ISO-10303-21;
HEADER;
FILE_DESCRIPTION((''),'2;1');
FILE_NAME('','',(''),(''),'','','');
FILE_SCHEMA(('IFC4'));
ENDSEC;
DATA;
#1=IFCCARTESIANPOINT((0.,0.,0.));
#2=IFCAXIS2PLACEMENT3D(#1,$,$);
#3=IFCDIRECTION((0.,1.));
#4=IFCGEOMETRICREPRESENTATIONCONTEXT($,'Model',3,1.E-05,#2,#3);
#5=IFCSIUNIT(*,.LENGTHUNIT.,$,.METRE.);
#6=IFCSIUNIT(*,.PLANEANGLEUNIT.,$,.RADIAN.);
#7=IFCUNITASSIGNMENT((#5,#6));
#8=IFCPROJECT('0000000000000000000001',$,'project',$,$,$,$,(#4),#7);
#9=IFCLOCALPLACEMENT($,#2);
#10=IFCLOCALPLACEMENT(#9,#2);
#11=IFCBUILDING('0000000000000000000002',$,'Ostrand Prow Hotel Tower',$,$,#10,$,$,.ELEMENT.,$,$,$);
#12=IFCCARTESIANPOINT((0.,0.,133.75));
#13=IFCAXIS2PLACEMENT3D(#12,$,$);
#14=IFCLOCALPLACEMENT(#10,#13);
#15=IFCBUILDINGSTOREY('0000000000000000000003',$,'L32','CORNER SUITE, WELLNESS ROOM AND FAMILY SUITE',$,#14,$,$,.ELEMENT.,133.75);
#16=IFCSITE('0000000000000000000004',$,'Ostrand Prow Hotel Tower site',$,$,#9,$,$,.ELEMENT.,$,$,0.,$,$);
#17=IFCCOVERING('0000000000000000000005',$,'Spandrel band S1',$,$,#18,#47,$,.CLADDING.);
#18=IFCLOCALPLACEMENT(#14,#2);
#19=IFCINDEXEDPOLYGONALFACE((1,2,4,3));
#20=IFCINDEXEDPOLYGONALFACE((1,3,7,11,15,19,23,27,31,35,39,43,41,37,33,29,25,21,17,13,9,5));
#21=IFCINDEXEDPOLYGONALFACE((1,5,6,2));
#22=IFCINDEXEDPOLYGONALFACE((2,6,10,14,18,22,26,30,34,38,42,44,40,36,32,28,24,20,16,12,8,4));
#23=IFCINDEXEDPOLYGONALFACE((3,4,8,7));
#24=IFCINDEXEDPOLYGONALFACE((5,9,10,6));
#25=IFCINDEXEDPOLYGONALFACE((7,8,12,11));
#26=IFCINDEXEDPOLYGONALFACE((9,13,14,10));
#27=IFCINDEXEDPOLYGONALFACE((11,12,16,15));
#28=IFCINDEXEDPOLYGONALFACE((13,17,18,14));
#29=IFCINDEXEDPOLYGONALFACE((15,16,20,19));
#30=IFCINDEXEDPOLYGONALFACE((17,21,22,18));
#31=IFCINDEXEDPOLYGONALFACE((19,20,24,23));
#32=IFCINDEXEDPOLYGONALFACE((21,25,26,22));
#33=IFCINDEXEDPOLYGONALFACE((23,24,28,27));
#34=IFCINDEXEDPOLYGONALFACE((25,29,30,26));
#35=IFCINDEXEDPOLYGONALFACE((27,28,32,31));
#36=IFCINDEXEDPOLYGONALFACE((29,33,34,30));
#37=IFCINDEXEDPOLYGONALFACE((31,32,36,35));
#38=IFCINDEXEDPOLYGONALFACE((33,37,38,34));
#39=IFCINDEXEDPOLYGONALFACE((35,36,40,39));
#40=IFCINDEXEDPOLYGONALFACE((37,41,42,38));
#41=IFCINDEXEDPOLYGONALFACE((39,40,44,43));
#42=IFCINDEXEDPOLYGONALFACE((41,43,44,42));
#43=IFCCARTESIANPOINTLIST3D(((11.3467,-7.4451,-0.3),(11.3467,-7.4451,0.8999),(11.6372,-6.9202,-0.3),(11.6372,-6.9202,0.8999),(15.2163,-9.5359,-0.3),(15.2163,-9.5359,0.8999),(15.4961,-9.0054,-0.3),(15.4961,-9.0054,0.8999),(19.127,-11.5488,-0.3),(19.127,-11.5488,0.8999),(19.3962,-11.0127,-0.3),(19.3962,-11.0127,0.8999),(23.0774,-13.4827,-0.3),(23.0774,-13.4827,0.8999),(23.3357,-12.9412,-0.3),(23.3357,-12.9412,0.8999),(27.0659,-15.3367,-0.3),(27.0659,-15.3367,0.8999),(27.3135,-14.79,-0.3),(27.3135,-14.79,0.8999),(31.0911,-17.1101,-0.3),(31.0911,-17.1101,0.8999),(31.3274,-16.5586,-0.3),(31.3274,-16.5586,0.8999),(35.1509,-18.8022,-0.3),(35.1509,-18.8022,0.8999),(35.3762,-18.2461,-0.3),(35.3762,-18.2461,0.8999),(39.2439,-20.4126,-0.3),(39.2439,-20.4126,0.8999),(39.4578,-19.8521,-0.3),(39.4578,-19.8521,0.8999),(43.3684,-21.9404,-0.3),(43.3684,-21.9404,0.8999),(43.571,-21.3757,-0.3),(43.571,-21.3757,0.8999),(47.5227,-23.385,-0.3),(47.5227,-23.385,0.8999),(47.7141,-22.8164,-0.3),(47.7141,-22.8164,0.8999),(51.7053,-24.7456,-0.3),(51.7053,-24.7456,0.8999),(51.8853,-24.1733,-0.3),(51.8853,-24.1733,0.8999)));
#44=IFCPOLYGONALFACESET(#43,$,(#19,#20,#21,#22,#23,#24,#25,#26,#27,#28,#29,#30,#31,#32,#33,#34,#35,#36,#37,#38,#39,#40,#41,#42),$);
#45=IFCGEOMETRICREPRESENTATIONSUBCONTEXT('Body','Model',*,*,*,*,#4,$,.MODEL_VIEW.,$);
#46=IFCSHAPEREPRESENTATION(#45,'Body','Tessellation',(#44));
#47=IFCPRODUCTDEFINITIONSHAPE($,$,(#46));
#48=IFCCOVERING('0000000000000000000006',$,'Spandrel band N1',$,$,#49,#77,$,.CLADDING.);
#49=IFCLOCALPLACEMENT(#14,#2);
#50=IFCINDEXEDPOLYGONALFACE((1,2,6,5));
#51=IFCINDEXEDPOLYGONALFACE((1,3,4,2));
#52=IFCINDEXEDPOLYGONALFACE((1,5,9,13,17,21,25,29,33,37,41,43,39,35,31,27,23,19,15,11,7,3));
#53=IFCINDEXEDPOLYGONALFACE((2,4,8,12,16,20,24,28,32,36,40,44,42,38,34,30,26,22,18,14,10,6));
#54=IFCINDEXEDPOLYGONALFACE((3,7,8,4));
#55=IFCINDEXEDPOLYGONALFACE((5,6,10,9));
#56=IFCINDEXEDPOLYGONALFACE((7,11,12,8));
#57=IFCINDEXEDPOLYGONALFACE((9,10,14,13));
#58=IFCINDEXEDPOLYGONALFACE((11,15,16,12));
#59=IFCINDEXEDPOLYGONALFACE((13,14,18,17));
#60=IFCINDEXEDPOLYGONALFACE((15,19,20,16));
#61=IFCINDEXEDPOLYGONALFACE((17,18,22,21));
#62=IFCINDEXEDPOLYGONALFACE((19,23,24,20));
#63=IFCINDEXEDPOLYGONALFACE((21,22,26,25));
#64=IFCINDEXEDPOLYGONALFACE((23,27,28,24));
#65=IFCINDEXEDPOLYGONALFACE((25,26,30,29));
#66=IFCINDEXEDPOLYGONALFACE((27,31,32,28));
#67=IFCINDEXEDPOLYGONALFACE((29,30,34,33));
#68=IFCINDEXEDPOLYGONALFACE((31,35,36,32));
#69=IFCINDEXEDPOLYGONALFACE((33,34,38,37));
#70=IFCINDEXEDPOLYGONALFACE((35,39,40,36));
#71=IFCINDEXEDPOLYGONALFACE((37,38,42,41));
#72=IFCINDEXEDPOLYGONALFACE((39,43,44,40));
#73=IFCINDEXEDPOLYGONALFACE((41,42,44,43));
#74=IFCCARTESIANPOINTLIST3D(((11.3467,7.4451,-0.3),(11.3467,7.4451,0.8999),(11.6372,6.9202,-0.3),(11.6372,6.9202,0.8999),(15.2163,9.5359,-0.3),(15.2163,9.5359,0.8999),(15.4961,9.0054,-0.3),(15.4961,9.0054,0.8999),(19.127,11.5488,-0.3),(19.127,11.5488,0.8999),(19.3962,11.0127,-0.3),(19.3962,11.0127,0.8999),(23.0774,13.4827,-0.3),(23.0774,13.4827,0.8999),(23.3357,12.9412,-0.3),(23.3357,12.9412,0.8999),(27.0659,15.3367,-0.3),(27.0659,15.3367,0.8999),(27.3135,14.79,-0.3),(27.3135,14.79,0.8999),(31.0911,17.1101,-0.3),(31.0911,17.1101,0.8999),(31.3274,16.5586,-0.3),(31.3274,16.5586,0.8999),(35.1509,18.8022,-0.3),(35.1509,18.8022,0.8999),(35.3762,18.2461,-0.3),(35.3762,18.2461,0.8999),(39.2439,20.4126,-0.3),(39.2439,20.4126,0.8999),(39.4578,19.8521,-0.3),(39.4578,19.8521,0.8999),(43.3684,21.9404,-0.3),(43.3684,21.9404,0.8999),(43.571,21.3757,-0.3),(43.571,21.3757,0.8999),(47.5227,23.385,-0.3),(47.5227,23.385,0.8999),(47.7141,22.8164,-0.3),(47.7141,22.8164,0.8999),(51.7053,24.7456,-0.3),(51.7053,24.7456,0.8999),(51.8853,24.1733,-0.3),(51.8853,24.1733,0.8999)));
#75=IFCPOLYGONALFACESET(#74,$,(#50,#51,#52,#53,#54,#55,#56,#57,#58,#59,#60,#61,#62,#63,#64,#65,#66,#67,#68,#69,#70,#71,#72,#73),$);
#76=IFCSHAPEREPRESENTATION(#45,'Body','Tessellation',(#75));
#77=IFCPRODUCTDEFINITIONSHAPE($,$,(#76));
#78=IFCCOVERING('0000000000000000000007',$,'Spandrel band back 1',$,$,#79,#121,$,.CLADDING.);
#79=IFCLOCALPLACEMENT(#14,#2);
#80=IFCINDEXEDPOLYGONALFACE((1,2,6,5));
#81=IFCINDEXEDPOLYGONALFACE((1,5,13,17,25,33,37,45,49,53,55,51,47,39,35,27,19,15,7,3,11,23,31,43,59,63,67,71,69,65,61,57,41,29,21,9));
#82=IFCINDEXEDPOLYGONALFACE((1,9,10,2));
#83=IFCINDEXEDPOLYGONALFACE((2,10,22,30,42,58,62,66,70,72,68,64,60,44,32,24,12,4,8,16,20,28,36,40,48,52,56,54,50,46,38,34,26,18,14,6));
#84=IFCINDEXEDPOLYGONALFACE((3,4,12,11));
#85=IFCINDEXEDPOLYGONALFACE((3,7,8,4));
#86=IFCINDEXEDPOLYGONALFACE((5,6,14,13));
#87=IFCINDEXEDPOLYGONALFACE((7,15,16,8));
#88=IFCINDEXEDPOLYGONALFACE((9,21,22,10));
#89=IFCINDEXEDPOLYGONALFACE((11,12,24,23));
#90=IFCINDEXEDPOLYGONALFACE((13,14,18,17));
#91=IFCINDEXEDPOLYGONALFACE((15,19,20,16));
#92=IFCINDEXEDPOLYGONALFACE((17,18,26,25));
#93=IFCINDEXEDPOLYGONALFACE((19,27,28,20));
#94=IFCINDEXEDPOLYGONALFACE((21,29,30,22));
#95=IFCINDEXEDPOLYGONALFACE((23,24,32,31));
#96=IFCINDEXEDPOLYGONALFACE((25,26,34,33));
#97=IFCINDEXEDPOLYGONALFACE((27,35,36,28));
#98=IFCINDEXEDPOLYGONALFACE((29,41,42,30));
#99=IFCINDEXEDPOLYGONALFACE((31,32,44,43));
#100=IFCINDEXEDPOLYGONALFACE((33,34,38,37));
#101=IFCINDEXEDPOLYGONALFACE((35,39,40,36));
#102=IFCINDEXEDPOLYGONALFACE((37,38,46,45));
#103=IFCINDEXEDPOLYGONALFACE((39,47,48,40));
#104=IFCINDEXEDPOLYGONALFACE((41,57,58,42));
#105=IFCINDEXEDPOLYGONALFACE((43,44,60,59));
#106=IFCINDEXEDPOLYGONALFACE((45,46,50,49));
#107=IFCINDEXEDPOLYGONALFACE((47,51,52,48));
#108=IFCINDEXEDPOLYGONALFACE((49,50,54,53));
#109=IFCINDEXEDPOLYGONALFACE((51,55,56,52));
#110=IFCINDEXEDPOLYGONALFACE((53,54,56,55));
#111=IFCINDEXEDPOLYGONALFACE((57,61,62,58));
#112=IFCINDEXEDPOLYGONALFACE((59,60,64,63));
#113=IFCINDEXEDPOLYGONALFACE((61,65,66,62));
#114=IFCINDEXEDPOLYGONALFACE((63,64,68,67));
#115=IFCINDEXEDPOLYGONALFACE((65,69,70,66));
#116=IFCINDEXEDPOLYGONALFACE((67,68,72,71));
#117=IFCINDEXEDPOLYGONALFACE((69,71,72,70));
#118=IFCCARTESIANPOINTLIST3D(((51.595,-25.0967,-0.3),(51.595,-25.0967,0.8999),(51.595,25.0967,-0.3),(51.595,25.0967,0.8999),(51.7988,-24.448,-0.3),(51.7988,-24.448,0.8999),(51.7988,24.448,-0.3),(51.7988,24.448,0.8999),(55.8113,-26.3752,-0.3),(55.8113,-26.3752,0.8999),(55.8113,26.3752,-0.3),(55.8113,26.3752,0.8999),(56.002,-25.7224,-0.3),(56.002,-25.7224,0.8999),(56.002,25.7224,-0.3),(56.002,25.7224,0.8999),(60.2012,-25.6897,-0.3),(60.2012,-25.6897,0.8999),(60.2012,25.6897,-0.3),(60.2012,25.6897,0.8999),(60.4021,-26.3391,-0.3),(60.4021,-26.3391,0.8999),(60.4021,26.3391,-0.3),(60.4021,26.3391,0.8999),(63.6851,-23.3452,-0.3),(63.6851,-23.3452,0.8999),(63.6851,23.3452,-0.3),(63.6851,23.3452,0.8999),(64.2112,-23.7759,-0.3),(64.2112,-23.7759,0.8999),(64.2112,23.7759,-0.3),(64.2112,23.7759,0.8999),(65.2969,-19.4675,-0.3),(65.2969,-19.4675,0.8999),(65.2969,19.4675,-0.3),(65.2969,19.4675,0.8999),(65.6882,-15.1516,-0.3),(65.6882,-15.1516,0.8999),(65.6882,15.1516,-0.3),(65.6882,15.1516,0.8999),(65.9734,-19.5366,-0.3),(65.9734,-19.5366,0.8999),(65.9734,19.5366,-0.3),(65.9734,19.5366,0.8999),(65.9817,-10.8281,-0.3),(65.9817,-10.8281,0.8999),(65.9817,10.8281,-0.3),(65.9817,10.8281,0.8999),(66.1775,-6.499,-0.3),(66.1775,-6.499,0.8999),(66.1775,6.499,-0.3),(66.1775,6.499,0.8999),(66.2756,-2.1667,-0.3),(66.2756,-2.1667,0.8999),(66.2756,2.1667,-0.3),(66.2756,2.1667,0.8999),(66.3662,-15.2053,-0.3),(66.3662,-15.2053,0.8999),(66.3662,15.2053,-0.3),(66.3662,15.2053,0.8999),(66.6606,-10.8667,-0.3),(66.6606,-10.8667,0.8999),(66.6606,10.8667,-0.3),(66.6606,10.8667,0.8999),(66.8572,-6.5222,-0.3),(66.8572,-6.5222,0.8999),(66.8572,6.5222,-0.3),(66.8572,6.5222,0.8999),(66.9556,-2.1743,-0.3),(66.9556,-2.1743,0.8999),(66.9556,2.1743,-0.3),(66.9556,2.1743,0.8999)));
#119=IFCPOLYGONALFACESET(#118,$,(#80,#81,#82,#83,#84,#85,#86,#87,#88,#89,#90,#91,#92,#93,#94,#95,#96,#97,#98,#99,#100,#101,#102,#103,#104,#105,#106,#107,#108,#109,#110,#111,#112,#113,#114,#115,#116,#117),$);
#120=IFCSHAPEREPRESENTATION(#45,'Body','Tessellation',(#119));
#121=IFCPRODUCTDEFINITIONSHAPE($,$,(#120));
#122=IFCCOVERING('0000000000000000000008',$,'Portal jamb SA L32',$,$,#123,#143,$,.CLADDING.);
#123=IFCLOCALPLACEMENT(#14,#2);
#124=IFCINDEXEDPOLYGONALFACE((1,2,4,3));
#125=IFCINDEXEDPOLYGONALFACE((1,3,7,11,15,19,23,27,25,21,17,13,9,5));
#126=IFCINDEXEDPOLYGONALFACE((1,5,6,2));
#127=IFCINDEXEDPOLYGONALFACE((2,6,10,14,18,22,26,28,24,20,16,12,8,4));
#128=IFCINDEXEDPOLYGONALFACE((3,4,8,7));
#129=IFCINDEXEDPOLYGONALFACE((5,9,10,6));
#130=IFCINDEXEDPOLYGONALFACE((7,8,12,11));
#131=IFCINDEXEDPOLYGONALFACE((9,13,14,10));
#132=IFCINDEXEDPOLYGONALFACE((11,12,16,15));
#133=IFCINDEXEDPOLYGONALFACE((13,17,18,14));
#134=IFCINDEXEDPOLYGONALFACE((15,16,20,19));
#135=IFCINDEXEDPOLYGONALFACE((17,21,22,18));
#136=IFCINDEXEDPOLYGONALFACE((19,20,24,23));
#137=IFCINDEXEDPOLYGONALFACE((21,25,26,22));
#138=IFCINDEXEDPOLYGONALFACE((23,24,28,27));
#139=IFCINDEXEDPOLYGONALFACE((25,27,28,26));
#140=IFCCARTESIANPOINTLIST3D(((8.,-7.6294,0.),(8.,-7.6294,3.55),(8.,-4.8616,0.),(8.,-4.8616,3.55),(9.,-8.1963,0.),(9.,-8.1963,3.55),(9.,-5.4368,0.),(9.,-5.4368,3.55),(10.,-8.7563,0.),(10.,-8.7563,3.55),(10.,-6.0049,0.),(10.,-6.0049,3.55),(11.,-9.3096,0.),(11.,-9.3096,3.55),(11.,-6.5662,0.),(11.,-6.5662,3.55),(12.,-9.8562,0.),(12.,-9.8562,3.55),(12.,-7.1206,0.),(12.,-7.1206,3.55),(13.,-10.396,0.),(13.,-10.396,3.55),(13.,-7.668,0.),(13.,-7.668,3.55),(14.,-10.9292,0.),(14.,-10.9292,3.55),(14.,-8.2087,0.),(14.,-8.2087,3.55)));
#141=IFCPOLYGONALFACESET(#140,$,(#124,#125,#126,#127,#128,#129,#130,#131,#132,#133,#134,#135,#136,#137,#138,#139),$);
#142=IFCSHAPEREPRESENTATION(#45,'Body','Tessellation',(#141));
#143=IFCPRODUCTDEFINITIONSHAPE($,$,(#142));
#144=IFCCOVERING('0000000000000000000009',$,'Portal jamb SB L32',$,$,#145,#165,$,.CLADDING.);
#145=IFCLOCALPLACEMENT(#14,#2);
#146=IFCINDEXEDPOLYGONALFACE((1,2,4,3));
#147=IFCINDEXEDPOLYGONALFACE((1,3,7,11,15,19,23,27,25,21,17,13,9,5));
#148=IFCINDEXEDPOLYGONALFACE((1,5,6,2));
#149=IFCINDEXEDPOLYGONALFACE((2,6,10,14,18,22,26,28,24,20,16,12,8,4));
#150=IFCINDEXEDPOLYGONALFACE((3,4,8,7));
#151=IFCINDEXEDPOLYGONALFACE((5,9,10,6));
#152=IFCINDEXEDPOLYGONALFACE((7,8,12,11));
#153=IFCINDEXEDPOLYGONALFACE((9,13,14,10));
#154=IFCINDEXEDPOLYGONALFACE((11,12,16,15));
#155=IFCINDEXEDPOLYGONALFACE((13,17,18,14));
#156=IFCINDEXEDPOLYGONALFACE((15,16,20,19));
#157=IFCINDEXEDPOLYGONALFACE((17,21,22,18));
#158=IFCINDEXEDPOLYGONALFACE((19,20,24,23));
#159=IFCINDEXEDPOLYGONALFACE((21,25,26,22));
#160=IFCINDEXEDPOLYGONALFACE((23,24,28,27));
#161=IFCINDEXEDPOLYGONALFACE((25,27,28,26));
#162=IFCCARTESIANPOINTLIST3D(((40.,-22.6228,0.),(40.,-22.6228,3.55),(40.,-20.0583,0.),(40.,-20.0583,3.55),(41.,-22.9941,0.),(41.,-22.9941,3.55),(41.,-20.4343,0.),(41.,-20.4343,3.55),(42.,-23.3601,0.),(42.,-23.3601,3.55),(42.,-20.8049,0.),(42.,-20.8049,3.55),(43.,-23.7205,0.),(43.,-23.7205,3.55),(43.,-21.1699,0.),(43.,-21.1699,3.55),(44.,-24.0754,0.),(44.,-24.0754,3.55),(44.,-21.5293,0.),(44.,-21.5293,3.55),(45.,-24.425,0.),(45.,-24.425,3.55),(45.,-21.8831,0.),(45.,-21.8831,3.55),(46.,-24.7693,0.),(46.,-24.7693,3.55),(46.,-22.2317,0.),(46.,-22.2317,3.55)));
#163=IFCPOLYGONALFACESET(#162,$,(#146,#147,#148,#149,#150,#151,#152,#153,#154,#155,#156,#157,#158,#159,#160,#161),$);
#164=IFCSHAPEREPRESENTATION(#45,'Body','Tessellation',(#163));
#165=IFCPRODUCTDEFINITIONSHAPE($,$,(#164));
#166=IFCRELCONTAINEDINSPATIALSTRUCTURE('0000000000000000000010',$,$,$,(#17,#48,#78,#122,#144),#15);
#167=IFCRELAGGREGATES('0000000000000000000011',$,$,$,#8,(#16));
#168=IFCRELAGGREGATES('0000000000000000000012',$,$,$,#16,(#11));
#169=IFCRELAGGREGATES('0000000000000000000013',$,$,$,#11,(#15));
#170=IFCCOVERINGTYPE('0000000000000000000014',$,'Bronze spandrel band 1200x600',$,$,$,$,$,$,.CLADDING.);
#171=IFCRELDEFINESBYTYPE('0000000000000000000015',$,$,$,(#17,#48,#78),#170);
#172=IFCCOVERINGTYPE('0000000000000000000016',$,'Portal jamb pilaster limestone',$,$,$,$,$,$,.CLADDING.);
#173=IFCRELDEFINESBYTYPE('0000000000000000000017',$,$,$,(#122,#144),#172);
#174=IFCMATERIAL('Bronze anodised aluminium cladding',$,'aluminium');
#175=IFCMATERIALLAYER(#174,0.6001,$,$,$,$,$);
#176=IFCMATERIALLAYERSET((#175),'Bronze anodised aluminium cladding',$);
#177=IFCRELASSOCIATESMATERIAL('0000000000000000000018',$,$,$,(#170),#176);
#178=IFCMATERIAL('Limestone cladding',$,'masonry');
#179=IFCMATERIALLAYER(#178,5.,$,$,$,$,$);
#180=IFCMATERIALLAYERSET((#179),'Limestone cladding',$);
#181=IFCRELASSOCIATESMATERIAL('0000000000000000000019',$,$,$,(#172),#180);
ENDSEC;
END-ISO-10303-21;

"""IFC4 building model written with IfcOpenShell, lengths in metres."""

from ifc_helpers import new_model, si_unit, direction, frame, origin, place, context, subcontext, project, spatial, polyline, outline, extrude, material, layer, layer_set, type_object, element, save


model = new_model("IFC4")

# Units and contexts
model_context = context("Model", 3, precision=1e-05, world=origin(), true_north=direction((0.0, 1.0)))
body_context = subcontext(model_context, "Body", "Model", "MODEL_VIEW")
ifc_project = project(units=[si_unit("LENGTHUNIT", "METRE"), si_unit("PLANEANGLEUNIT", "RADIAN")], contexts=[model_context])

# Site, building, storey
site_placement = place(None, origin())
site = spatial("IfcSite", under=ifc_project, at=site_placement, Name="Ostrand Prow Hotel Tower site", CompositionType="ELEMENT", RefElevation=0.0)
building_placement = place(site_placement, origin())
building = spatial("IfcBuilding", under=site, at=building_placement, Name="Ostrand Prow Hotel Tower", CompositionType="ELEMENT")
storey_placement = place(building_placement, frame((0.0, 0.0, 133.75)))
storey = spatial("IfcBuildingStorey", under=building, at=storey_placement, Name="L32", Description="CORNER SUITE, WELLNESS ROOM AND FAMILY SUITE", CompositionType="ELEMENT", Elevation=133.75)

# Coverings
ifc_material_1 = material(Name="Bronze anodised aluminium cladding", Category="aluminium")
ifc_layer_1 = layer(ifc_material_1, 0.6001)
ifc_layer_set_1 = layer_set([ifc_layer_1], Name="Bronze anodised aluminium cladding")
covering_type_1 = type_object("IfcCoveringType", Name="Bronze spandrel band 1200x600", PredefinedType="CLADDING", material=ifc_layer_set_1)
covering_1_placement = place(storey_placement, frame((0.0, 0.0, -0.3)))
element("IfcCovering", 1, at=covering_1_placement, inside=storey, type_object=covering_type_1, Name="Spandrel band S1", PredefinedType="CLADDING", context=body_context, shape_type="SweptSolid", body=[
    extrude(outline(polyline([(11.3467, -7.4451), (15.2163, -9.5359), (19.127, -11.5488), (23.0774, -13.4827), (27.0659, -15.3367), (31.0911, -17.1101), (35.1509, -18.8022), (39.2439, -20.4126), (43.3684, -21.9404), (47.5227, -23.385), (51.7053, -24.7456), (51.8853, -24.1733), (47.7141, -22.8164), (43.571, -21.3757), (39.4578, -19.8521), (35.3762, -18.2461), (31.3274, -16.5586), (27.3135, -14.79), (23.3357, -12.9412), (19.3962, -11.0127), (15.4961, -9.0054), (11.6372, -6.9202), (11.3467, -7.4451)])), origin(), (0.0, 0.0, 1.0), 1.2),
])
covering_2_placement = place(storey_placement, frame((0.0, 0.0, -0.3)))
element("IfcCovering", 2, at=covering_2_placement, inside=storey, type_object=covering_type_1, Name="Spandrel band N1", PredefinedType="CLADDING", context=body_context, shape_type="SweptSolid", body=[
    extrude(outline(polyline([(51.7053, 24.7456), (47.5227, 23.385), (43.3684, 21.9404), (39.2439, 20.4126), (35.1509, 18.8022), (31.0911, 17.1101), (27.0659, 15.3367), (23.0774, 13.4827), (19.127, 11.5488), (15.2163, 9.5359), (11.3467, 7.4451), (11.6372, 6.9202), (15.4961, 9.0054), (19.3962, 11.0127), (23.3357, 12.9412), (27.3135, 14.79), (31.3274, 16.5586), (35.3762, 18.2461), (39.4578, 19.8521), (43.571, 21.3757), (47.7141, 22.8164), (51.8853, 24.1733), (51.7053, 24.7456)])), origin(), (0.0, 0.0, 1.0), 1.2),
])
covering_3_placement = place(storey_placement, frame((0.0, 0.0, -0.3)))
element("IfcCovering", 3, at=covering_3_placement, inside=storey, type_object=covering_type_1, Name="Spandrel band back 1", PredefinedType="CLADDING", context=body_context, shape_type="SweptSolid", body=[
    extrude(outline(polyline([(51.595, -25.0967), (55.8113, -26.3752), (60.4021, -26.3391), (64.2112, -23.7759), (65.9734, -19.5366), (66.3662, -15.2053), (66.6606, -10.8667), (66.8572, -6.5222), (66.9556, -2.1743), (66.9556, 2.1743), (66.8572, 6.5222), (66.6606, 10.8667), (66.3662, 15.2053), (65.9734, 19.5366), (64.2112, 23.7759), (60.4021, 26.3391), (55.8113, 26.3752), (51.595, 25.0967), (51.7988, 24.448), (56.002, 25.7224), (60.2012, 25.6897), (63.6851, 23.3452), (65.2969, 19.4675), (65.6882, 15.1516), (65.9817, 10.8281), (66.1775, 6.499), (66.2756, 2.1667), (66.2756, -2.1667), (66.1775, -6.499), (65.9817, -10.8281), (65.6882, -15.1516), (65.2969, -19.4675), (63.6851, -23.3452), (60.2012, -25.6897), (56.002, -25.7224), (51.7988, -24.448), (51.595, -25.0967)])), origin(), (0.0, 0.0, 1.0), 1.2),
])
ifc_material_2 = material(Name="Limestone cladding", Category="masonry")
ifc_layer_2 = layer(ifc_material_2, 5.0)
ifc_layer_set_2 = layer_set([ifc_layer_2], Name="Limestone cladding")
covering_type_2 = type_object("IfcCoveringType", Name="Portal jamb pilaster limestone", PredefinedType="CLADDING", material=ifc_layer_set_2)
covering_4_placement = place(storey_placement, origin())
element("IfcCovering", 4, at=covering_4_placement, inside=storey, type_object=covering_type_2, Name="Portal jamb SA L32", PredefinedType="CLADDING", context=body_context, shape_type="SweptSolid", body=[
    extrude(outline(polyline([(8.0, -4.8616), (8.0, -7.6294), (9.0, -8.1963), (10.0, -8.7563), (11.0, -9.3096), (12.0, -9.8562), (13.0, -10.396), (14.0, -10.9292), (14.0, -8.2087), (13.0, -7.668), (12.0, -7.1206), (11.0, -6.5662), (10.0, -6.0049), (9.0, -5.4368), (8.0, -4.8616)])), origin(), (0.0, 0.0, 1.0), 3.55),
])
covering_5_placement = place(storey_placement, origin())
element("IfcCovering", 5, at=covering_5_placement, inside=storey, type_object=covering_type_2, Name="Portal jamb SB L32", PredefinedType="CLADDING", context=body_context, shape_type="SweptSolid", body=[
    extrude(outline(polyline([(40.0, -20.0583), (40.0, -22.6228), (41.0, -22.9941), (42.0, -23.3601), (43.0, -23.7205), (44.0, -24.0754), (45.0, -24.425), (46.0, -24.7693), (46.0, -22.2317), (45.0, -21.8831), (44.0, -21.5293), (43.0, -21.1699), (42.0, -20.8049), (41.0, -20.4343), (40.0, -20.0583)])), origin(), (0.0, 0.0, 1.0), 3.55),
])

save(model, "model.ifc")
